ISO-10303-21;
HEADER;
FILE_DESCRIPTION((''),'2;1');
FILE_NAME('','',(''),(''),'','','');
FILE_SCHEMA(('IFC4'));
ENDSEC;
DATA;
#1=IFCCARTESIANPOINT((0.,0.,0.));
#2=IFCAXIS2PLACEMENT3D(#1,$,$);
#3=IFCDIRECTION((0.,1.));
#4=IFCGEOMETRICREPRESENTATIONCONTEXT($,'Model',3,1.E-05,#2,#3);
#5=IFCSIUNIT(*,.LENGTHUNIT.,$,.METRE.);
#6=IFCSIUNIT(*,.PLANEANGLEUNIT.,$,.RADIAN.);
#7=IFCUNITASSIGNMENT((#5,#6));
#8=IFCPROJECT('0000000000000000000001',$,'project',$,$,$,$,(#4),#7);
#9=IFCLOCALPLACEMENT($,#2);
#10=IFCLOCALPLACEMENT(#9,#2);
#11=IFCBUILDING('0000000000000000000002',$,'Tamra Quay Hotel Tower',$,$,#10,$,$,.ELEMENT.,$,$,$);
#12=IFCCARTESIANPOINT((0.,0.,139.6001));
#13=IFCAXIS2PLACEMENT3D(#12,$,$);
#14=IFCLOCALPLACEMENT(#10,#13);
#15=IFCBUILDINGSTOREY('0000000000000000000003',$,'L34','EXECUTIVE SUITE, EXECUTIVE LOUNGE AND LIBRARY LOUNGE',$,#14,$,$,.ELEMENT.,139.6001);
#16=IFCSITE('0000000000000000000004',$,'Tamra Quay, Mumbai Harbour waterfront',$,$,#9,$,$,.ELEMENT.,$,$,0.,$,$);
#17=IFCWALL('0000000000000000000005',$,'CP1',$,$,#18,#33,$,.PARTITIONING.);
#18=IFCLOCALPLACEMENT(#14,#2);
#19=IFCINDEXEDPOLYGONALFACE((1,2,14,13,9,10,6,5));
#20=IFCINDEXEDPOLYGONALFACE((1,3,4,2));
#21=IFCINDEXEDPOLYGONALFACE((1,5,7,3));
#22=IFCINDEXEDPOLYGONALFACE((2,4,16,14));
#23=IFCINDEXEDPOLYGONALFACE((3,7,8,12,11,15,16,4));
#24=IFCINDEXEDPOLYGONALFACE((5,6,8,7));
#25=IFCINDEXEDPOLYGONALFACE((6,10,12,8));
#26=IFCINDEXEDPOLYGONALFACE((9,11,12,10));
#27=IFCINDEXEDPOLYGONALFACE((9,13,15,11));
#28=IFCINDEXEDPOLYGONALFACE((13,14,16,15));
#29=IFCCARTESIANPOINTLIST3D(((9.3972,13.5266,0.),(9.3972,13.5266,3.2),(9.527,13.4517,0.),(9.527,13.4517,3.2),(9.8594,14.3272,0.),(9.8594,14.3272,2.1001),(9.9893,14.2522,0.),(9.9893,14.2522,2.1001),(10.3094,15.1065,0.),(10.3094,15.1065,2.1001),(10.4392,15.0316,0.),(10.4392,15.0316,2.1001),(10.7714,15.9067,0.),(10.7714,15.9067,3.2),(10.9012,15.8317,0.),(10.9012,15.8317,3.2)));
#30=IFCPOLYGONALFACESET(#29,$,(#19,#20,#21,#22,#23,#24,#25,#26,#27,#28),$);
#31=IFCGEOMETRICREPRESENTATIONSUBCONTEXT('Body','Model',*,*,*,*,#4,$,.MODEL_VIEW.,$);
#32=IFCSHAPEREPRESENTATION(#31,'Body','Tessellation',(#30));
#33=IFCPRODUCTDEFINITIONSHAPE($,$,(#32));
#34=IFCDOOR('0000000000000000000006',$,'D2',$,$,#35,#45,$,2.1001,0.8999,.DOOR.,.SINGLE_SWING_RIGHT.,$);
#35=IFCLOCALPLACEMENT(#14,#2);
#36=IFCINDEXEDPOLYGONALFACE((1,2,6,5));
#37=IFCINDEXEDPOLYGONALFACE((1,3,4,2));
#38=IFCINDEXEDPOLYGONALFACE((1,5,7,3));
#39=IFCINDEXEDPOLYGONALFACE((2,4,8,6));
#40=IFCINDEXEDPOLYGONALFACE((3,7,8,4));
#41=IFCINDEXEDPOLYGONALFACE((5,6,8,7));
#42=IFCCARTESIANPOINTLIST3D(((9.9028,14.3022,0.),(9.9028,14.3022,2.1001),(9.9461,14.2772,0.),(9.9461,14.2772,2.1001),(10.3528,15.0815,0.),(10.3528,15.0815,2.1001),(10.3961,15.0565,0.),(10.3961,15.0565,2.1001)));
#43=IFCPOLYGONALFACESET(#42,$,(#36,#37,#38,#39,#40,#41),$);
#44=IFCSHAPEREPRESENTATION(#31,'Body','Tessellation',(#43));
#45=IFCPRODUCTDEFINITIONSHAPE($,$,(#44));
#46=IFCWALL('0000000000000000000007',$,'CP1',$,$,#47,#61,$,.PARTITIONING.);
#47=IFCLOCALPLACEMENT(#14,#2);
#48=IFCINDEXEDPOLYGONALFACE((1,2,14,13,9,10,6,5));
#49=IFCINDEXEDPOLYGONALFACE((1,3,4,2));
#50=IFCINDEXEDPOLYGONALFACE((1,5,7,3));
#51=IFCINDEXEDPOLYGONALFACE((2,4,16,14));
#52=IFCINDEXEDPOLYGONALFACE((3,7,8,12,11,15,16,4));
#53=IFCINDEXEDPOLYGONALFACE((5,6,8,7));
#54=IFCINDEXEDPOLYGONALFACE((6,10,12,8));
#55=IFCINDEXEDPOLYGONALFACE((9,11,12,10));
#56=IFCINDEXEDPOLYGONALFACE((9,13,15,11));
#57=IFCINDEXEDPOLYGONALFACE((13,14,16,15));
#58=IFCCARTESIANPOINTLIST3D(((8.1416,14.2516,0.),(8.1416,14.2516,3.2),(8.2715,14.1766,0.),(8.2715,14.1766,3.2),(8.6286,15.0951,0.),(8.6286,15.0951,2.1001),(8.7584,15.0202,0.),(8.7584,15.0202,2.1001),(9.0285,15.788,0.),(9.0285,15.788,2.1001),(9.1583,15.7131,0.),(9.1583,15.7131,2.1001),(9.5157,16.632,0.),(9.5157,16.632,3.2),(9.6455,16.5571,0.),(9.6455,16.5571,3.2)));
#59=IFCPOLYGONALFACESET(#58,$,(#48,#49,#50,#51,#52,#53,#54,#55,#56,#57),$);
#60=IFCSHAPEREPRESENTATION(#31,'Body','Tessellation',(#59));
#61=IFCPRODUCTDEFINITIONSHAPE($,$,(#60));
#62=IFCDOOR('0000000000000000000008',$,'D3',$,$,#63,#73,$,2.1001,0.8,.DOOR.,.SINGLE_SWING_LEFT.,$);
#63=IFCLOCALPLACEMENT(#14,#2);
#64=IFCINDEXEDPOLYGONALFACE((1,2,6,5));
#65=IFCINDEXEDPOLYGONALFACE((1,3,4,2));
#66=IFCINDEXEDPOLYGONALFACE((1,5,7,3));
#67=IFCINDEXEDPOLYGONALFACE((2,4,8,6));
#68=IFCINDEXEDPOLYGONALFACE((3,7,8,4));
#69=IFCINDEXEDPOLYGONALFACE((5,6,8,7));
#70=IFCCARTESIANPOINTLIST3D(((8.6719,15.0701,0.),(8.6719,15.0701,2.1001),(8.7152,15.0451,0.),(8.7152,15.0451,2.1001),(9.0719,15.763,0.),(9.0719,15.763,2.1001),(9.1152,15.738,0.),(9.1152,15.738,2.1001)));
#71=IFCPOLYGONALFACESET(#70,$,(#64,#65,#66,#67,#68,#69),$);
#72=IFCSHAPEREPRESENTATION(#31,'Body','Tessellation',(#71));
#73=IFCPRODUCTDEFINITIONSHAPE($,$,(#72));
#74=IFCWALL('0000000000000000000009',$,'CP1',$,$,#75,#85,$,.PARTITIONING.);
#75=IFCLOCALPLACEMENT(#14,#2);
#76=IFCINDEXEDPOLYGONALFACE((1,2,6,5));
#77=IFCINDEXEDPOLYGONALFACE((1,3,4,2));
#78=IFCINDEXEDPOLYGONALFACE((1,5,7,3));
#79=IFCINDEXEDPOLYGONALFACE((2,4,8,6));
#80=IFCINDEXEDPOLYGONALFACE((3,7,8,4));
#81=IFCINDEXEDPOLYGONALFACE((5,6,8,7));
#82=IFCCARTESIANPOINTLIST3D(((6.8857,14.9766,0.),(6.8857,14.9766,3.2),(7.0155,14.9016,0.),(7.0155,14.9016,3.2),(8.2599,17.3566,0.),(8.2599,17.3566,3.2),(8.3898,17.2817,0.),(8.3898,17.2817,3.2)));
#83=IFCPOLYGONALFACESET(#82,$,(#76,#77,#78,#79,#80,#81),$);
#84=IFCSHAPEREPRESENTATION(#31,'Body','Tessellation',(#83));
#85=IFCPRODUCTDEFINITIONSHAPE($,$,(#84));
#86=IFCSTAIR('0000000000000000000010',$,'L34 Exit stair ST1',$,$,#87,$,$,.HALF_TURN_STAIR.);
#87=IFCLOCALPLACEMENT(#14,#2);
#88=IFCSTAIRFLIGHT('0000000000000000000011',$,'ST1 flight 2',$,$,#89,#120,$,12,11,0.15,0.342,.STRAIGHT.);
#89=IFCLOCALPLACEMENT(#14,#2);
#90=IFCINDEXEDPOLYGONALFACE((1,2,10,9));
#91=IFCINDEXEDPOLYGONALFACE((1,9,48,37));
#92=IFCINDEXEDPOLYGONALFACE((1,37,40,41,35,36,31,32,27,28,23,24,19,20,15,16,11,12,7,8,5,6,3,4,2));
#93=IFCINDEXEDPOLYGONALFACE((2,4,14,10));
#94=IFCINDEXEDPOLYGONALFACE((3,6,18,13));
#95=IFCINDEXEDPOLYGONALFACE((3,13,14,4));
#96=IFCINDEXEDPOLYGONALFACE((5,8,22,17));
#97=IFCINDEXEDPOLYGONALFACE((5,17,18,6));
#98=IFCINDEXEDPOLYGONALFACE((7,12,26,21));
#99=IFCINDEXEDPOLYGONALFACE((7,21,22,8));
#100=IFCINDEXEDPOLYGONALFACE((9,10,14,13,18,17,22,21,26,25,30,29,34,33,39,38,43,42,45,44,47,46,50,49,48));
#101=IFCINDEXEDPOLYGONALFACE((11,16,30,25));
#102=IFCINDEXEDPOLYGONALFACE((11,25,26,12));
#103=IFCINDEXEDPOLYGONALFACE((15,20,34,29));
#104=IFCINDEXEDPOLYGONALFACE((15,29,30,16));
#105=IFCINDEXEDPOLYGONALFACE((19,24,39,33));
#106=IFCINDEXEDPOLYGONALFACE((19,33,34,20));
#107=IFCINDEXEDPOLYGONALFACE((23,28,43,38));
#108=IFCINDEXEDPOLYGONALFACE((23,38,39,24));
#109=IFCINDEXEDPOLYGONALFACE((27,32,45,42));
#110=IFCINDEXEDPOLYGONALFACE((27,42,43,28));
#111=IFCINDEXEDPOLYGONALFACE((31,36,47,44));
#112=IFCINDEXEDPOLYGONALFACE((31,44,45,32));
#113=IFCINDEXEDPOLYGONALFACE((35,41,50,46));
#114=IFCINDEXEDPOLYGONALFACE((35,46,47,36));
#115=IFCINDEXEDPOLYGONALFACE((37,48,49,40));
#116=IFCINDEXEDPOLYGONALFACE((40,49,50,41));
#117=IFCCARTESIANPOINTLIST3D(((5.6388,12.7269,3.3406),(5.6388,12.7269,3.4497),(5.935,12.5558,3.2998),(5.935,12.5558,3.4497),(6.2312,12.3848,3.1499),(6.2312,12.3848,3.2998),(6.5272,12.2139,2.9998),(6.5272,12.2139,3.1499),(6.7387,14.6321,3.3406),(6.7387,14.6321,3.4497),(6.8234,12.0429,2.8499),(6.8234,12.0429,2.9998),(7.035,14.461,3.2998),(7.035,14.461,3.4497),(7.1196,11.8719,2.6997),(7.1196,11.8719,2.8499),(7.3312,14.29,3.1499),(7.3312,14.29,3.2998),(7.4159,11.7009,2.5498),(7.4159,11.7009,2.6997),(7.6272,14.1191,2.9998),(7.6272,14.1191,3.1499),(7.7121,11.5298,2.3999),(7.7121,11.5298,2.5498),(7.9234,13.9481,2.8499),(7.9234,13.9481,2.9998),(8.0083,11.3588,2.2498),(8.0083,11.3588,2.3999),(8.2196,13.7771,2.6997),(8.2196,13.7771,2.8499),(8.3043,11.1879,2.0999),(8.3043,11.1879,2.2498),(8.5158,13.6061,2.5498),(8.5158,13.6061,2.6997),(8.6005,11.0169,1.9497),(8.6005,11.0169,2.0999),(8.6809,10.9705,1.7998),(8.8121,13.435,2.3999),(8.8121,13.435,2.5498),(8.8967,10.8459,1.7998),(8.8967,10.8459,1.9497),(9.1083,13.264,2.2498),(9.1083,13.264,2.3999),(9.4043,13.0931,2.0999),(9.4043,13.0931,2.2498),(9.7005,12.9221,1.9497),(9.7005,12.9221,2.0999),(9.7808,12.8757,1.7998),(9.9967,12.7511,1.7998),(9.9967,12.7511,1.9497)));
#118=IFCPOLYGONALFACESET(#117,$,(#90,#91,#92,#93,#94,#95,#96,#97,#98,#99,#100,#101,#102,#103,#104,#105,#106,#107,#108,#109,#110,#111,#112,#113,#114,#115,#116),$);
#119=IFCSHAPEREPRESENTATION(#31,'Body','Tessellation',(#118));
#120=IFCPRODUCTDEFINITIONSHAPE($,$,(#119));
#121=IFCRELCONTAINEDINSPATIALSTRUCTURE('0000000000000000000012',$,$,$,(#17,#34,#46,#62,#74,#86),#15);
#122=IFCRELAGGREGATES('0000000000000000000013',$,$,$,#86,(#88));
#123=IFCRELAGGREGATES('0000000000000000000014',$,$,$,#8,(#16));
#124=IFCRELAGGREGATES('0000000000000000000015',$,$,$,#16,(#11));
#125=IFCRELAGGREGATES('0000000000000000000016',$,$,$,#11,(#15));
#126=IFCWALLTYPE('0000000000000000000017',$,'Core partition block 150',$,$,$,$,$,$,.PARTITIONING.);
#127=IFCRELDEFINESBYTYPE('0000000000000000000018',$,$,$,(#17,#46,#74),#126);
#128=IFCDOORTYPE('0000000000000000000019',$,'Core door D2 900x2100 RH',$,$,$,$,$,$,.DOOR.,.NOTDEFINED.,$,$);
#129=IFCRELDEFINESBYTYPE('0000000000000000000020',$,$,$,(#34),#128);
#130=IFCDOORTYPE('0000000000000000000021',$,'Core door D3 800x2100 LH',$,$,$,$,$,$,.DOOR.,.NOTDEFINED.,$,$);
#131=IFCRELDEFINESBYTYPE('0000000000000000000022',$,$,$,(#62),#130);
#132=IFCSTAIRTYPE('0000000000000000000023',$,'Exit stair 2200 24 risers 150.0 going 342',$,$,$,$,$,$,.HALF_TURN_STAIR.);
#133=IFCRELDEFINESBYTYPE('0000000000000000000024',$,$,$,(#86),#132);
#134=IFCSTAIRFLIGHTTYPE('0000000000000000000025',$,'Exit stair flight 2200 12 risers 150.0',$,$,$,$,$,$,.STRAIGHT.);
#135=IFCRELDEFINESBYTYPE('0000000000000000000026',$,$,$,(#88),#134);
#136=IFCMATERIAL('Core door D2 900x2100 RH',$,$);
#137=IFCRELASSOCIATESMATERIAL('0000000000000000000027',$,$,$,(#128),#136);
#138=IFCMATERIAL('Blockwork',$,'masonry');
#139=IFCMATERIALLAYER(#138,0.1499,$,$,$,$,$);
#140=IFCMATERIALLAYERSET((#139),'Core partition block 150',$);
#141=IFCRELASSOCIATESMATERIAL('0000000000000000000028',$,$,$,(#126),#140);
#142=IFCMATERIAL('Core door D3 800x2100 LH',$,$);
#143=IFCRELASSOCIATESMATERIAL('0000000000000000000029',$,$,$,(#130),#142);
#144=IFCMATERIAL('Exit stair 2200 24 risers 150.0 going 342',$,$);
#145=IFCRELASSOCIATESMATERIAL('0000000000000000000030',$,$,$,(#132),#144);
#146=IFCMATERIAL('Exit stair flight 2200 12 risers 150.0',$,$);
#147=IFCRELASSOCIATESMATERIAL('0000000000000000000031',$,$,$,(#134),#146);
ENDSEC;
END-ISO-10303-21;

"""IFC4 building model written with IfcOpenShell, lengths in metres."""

from ifc_helpers import new_model, si_unit, direction, frame, frame_2d, origin, place, context, subcontext, project, spatial, polyline, rectangle, outline, extrude, material, layer, layer_set, type_object, element, fill, aggregate, save


model = new_model("IFC4")

# Units and contexts
model_context = context("Model", 3, precision=1e-05, world=origin(), true_north=direction((0.0, 1.0)))
body_context = subcontext(model_context, "Body", "Model", "MODEL_VIEW")
ifc_project = project(units=[si_unit("LENGTHUNIT", "METRE"), si_unit("PLANEANGLEUNIT", "RADIAN")], contexts=[model_context])

# Site, building, storey
site_placement = place(None, origin())
site = spatial("IfcSite", under=ifc_project, at=site_placement, Name="Tamra Quay, Mumbai Harbour waterfront", CompositionType="ELEMENT", RefElevation=0.0)
building_placement = place(site_placement, origin())
building = spatial("IfcBuilding", under=site, at=building_placement, Name="Tamra Quay Hotel Tower", CompositionType="ELEMENT")
storey_placement = place(building_placement, frame((0.0, 0.0, 139.6001)))
storey = spatial("IfcBuildingStorey", under=building, at=storey_placement, Name="L34", Description="EXECUTIVE SUITE, EXECUTIVE LOUNGE AND LIBRARY LOUNGE", CompositionType="ELEMENT", Elevation=139.6001)

# Shared definitions
ifc_material_1 = material(Name="Core door D2 900x2100 RH")
door_type_1 = type_object("IfcDoorType", Name="Core door D2 900x2100 RH", OperationType="NOTDEFINED", PredefinedType="DOOR", material=ifc_material_1)

# Walls, openings, doors
ifc_material_2 = material(Name="Blockwork", Category="masonry")
ifc_layer_1 = layer(ifc_material_2, 0.1499)
ifc_layer_set_1 = layer_set([ifc_layer_1], Name="Core partition block 150")
wall_type_1 = type_object("IfcWallType", Name="Core partition block 150", PredefinedType="PARTITIONING", material=ifc_layer_set_1)
wall_1_placement = place(storey_placement, frame((9.4622, 13.4893, 0.0), z_axis=(0.0, 0.0, 1.0), x_axis=(0.500027, 0.86601, 0.0)))
wall_1 = element("IfcWall", 1, at=wall_1_placement, inside=storey, type_object=wall_type_1, Name="CP1", PredefinedType="PARTITIONING", context=body_context, shape_type="SweptSolid", body=[
    extrude(rectangle(XDim=2.7483, YDim=0.1499, at=frame_2d((1.374, 0.0))), origin(), (0.0, 0.0, 1.0), 3.2),
])
opening_1_placement = place(wall_1_placement, frame((0.9243, 0.0, 0.0)))
opening_1 = element("IfcOpeningElement", 2, at=opening_1_placement, cuts=wall_1, PredefinedType="OPENING", context=body_context, shape_type="SweptSolid", body=[
    extrude(rectangle(XDim=0.8999, YDim=2.1001, at=frame_2d((0.45, 1.05))), frame((0.0, 0.085, 0.0), z_axis=(0.0, -1.0, 0.0), x_axis=(1.0, 0.0, 0.0)), (0.0, 0.0, 1.0), 0.1699),
])
door_1_placement = place(opening_1_placement, origin())
door_1 = element("IfcDoor", 3, at=door_1_placement, inside=storey, type_object=door_type_1, Name="D2", OperationType="SINGLE_SWING_RIGHT", OverallHeight=2.1001, OverallWidth=0.8999, PredefinedType="DOOR", context=body_context, shape_type="SweptSolid", body=[
    extrude(rectangle(XDim=0.8999, YDim=2.1001, at=frame_2d((0.45, 1.05))), frame((0.0, 0.0249, 0.0), z_axis=(0.0, -1.0, 0.0), x_axis=(1.0, 0.0, 0.0)), (0.0, 0.0, 1.0), 0.05),
])
fill(opening_1, door_1)
wall_2_placement = place(storey_placement, frame((8.2065, 14.2141, 0.0), z_axis=(0.0, 0.0, 1.0), x_axis=(0.499922, 0.86607, 0.0)))
wall_2 = element("IfcWall", 4, at=wall_2_placement, inside=storey, type_object=wall_type_1, Name="CP1", PredefinedType="PARTITIONING", context=body_context, shape_type="SweptSolid", body=[
    extrude(rectangle(XDim=2.7485, YDim=0.1499, at=frame_2d((1.3743, 0.0))), origin(), (0.0, 0.0, 1.0), 3.2),
])
opening_2_placement = place(wall_2_placement, frame((0.9741, 0.0, 0.0)))
opening_2 = element("IfcOpeningElement", 5, at=opening_2_placement, cuts=wall_2, PredefinedType="OPENING", context=body_context, shape_type="SweptSolid", body=[
    extrude(rectangle(XDim=0.8, YDim=2.1001, at=frame_2d((0.3999, 1.05))), frame((0.0, 0.085, 0.0), z_axis=(0.0, -1.0, 0.0), x_axis=(1.0, 0.0, 0.0)), (0.0, 0.0, 1.0), 0.1699),
])
ifc_material_3 = material(Name="Core door D3 800x2100 LH")
door_type_2 = type_object("IfcDoorType", Name="Core door D3 800x2100 LH", OperationType="NOTDEFINED", PredefinedType="DOOR", material=ifc_material_3)
door_2_placement = place(opening_2_placement, origin())
door_2 = element("IfcDoor", 6, at=door_2_placement, inside=storey, type_object=door_type_2, Name="D3", OperationType="SINGLE_SWING_LEFT", OverallHeight=2.1001, OverallWidth=0.8, PredefinedType="DOOR", context=body_context, shape_type="SweptSolid", body=[
    extrude(rectangle(XDim=0.8, YDim=2.1001, at=frame_2d((0.3999, 1.05))), frame((0.0, 0.0249, 0.0), z_axis=(0.0, -1.0, 0.0), x_axis=(1.0, 0.0, 0.0)), (0.0, 0.0, 1.0), 0.05),
])
fill(opening_2, door_2)

# Wall
wall_3_placement = place(storey_placement, frame((6.9507, 14.9392, 0.0), z_axis=(0.0, 0.0, 1.0), x_axis=(0.500027, 0.86601, 0.0)))
element("IfcWall", 7, at=wall_3_placement, inside=storey, type_object=wall_type_1, Name="CP1", PredefinedType="PARTITIONING", context=body_context, shape_type="SweptSolid", body=[
    extrude(rectangle(XDim=2.7483, YDim=0.1499, at=frame_2d((1.374, 0.0))), origin(), (0.0, 0.0, 1.0), 3.2),
])

# Stair, stair flight
ifc_material_4 = material(Name="Exit stair 2200 24 risers 150.0 going 342")
stair_type = type_object("IfcStairType", Name="Exit stair 2200 24 risers 150.0 going 342", PredefinedType="HALF_TURN_STAIR", material=ifc_material_4)
stair_placement = place(storey_placement, origin())
stair = element("IfcStair", 8, at=stair_placement, inside=storey, type_object=stair_type, Name="L34 Exit stair ST1", PredefinedType="HALF_TURN_STAIR")
ifc_material_5 = material(Name="Exit stair flight 2200 12 risers 150.0")
stair_flight_type = type_object("IfcStairFlightType", Name="Exit stair flight 2200 12 risers 150.0", PredefinedType="STRAIGHT", material=ifc_material_5)
stair_flight_placement = place(storey_placement, frame((9.4468, 11.7986, 1.7998), z_axis=(0.0, 0.0, 1.0), x_axis=(-0.866025, 0.5, 0.0)))
stair_flight = element("IfcStairFlight", 9, at=stair_flight_placement, type_object=stair_flight_type, Name="ST1 flight 2", NumberOfRisers=12, NumberOfTreads=11, PredefinedType="STRAIGHT", RiserHeight=0.15, TreadLength=0.342, context=body_context, shape_type="SweptSolid", body=[
    extrude(outline(polyline([(0.0, 0.0), (0.0, 0.1499), (0.342, 0.1499), (0.342, 0.3), (0.6841, 0.3), (0.6841, 0.45), (1.0259, 0.45), (1.0259, 0.6001), (1.3679, 0.6001), (1.3679, 0.75), (1.71, 0.75), (1.71, 0.8999), (2.052, 0.8999), (2.052, 1.05), (2.394, 1.05), (2.394, 1.2), (2.7361, 1.2), (2.7361, 1.3501), (3.0779, 1.3501), (3.0779, 1.5), (3.4199, 1.5), (3.4199, 1.6499), (3.762, 1.6499), (3.762, 1.8), (3.762, 1.5408), (0.2493, 0.0), (0.0, 0.0)])), frame((0.0, 1.1001, 0.0), z_axis=(0.0, -1.0, 0.0), x_axis=(1.0, 0.0, 0.0)), (0.0, 0.0, 1.0), 2.2),
])
aggregate(stair, [stair_flight])

save(model, "model.ifc")
